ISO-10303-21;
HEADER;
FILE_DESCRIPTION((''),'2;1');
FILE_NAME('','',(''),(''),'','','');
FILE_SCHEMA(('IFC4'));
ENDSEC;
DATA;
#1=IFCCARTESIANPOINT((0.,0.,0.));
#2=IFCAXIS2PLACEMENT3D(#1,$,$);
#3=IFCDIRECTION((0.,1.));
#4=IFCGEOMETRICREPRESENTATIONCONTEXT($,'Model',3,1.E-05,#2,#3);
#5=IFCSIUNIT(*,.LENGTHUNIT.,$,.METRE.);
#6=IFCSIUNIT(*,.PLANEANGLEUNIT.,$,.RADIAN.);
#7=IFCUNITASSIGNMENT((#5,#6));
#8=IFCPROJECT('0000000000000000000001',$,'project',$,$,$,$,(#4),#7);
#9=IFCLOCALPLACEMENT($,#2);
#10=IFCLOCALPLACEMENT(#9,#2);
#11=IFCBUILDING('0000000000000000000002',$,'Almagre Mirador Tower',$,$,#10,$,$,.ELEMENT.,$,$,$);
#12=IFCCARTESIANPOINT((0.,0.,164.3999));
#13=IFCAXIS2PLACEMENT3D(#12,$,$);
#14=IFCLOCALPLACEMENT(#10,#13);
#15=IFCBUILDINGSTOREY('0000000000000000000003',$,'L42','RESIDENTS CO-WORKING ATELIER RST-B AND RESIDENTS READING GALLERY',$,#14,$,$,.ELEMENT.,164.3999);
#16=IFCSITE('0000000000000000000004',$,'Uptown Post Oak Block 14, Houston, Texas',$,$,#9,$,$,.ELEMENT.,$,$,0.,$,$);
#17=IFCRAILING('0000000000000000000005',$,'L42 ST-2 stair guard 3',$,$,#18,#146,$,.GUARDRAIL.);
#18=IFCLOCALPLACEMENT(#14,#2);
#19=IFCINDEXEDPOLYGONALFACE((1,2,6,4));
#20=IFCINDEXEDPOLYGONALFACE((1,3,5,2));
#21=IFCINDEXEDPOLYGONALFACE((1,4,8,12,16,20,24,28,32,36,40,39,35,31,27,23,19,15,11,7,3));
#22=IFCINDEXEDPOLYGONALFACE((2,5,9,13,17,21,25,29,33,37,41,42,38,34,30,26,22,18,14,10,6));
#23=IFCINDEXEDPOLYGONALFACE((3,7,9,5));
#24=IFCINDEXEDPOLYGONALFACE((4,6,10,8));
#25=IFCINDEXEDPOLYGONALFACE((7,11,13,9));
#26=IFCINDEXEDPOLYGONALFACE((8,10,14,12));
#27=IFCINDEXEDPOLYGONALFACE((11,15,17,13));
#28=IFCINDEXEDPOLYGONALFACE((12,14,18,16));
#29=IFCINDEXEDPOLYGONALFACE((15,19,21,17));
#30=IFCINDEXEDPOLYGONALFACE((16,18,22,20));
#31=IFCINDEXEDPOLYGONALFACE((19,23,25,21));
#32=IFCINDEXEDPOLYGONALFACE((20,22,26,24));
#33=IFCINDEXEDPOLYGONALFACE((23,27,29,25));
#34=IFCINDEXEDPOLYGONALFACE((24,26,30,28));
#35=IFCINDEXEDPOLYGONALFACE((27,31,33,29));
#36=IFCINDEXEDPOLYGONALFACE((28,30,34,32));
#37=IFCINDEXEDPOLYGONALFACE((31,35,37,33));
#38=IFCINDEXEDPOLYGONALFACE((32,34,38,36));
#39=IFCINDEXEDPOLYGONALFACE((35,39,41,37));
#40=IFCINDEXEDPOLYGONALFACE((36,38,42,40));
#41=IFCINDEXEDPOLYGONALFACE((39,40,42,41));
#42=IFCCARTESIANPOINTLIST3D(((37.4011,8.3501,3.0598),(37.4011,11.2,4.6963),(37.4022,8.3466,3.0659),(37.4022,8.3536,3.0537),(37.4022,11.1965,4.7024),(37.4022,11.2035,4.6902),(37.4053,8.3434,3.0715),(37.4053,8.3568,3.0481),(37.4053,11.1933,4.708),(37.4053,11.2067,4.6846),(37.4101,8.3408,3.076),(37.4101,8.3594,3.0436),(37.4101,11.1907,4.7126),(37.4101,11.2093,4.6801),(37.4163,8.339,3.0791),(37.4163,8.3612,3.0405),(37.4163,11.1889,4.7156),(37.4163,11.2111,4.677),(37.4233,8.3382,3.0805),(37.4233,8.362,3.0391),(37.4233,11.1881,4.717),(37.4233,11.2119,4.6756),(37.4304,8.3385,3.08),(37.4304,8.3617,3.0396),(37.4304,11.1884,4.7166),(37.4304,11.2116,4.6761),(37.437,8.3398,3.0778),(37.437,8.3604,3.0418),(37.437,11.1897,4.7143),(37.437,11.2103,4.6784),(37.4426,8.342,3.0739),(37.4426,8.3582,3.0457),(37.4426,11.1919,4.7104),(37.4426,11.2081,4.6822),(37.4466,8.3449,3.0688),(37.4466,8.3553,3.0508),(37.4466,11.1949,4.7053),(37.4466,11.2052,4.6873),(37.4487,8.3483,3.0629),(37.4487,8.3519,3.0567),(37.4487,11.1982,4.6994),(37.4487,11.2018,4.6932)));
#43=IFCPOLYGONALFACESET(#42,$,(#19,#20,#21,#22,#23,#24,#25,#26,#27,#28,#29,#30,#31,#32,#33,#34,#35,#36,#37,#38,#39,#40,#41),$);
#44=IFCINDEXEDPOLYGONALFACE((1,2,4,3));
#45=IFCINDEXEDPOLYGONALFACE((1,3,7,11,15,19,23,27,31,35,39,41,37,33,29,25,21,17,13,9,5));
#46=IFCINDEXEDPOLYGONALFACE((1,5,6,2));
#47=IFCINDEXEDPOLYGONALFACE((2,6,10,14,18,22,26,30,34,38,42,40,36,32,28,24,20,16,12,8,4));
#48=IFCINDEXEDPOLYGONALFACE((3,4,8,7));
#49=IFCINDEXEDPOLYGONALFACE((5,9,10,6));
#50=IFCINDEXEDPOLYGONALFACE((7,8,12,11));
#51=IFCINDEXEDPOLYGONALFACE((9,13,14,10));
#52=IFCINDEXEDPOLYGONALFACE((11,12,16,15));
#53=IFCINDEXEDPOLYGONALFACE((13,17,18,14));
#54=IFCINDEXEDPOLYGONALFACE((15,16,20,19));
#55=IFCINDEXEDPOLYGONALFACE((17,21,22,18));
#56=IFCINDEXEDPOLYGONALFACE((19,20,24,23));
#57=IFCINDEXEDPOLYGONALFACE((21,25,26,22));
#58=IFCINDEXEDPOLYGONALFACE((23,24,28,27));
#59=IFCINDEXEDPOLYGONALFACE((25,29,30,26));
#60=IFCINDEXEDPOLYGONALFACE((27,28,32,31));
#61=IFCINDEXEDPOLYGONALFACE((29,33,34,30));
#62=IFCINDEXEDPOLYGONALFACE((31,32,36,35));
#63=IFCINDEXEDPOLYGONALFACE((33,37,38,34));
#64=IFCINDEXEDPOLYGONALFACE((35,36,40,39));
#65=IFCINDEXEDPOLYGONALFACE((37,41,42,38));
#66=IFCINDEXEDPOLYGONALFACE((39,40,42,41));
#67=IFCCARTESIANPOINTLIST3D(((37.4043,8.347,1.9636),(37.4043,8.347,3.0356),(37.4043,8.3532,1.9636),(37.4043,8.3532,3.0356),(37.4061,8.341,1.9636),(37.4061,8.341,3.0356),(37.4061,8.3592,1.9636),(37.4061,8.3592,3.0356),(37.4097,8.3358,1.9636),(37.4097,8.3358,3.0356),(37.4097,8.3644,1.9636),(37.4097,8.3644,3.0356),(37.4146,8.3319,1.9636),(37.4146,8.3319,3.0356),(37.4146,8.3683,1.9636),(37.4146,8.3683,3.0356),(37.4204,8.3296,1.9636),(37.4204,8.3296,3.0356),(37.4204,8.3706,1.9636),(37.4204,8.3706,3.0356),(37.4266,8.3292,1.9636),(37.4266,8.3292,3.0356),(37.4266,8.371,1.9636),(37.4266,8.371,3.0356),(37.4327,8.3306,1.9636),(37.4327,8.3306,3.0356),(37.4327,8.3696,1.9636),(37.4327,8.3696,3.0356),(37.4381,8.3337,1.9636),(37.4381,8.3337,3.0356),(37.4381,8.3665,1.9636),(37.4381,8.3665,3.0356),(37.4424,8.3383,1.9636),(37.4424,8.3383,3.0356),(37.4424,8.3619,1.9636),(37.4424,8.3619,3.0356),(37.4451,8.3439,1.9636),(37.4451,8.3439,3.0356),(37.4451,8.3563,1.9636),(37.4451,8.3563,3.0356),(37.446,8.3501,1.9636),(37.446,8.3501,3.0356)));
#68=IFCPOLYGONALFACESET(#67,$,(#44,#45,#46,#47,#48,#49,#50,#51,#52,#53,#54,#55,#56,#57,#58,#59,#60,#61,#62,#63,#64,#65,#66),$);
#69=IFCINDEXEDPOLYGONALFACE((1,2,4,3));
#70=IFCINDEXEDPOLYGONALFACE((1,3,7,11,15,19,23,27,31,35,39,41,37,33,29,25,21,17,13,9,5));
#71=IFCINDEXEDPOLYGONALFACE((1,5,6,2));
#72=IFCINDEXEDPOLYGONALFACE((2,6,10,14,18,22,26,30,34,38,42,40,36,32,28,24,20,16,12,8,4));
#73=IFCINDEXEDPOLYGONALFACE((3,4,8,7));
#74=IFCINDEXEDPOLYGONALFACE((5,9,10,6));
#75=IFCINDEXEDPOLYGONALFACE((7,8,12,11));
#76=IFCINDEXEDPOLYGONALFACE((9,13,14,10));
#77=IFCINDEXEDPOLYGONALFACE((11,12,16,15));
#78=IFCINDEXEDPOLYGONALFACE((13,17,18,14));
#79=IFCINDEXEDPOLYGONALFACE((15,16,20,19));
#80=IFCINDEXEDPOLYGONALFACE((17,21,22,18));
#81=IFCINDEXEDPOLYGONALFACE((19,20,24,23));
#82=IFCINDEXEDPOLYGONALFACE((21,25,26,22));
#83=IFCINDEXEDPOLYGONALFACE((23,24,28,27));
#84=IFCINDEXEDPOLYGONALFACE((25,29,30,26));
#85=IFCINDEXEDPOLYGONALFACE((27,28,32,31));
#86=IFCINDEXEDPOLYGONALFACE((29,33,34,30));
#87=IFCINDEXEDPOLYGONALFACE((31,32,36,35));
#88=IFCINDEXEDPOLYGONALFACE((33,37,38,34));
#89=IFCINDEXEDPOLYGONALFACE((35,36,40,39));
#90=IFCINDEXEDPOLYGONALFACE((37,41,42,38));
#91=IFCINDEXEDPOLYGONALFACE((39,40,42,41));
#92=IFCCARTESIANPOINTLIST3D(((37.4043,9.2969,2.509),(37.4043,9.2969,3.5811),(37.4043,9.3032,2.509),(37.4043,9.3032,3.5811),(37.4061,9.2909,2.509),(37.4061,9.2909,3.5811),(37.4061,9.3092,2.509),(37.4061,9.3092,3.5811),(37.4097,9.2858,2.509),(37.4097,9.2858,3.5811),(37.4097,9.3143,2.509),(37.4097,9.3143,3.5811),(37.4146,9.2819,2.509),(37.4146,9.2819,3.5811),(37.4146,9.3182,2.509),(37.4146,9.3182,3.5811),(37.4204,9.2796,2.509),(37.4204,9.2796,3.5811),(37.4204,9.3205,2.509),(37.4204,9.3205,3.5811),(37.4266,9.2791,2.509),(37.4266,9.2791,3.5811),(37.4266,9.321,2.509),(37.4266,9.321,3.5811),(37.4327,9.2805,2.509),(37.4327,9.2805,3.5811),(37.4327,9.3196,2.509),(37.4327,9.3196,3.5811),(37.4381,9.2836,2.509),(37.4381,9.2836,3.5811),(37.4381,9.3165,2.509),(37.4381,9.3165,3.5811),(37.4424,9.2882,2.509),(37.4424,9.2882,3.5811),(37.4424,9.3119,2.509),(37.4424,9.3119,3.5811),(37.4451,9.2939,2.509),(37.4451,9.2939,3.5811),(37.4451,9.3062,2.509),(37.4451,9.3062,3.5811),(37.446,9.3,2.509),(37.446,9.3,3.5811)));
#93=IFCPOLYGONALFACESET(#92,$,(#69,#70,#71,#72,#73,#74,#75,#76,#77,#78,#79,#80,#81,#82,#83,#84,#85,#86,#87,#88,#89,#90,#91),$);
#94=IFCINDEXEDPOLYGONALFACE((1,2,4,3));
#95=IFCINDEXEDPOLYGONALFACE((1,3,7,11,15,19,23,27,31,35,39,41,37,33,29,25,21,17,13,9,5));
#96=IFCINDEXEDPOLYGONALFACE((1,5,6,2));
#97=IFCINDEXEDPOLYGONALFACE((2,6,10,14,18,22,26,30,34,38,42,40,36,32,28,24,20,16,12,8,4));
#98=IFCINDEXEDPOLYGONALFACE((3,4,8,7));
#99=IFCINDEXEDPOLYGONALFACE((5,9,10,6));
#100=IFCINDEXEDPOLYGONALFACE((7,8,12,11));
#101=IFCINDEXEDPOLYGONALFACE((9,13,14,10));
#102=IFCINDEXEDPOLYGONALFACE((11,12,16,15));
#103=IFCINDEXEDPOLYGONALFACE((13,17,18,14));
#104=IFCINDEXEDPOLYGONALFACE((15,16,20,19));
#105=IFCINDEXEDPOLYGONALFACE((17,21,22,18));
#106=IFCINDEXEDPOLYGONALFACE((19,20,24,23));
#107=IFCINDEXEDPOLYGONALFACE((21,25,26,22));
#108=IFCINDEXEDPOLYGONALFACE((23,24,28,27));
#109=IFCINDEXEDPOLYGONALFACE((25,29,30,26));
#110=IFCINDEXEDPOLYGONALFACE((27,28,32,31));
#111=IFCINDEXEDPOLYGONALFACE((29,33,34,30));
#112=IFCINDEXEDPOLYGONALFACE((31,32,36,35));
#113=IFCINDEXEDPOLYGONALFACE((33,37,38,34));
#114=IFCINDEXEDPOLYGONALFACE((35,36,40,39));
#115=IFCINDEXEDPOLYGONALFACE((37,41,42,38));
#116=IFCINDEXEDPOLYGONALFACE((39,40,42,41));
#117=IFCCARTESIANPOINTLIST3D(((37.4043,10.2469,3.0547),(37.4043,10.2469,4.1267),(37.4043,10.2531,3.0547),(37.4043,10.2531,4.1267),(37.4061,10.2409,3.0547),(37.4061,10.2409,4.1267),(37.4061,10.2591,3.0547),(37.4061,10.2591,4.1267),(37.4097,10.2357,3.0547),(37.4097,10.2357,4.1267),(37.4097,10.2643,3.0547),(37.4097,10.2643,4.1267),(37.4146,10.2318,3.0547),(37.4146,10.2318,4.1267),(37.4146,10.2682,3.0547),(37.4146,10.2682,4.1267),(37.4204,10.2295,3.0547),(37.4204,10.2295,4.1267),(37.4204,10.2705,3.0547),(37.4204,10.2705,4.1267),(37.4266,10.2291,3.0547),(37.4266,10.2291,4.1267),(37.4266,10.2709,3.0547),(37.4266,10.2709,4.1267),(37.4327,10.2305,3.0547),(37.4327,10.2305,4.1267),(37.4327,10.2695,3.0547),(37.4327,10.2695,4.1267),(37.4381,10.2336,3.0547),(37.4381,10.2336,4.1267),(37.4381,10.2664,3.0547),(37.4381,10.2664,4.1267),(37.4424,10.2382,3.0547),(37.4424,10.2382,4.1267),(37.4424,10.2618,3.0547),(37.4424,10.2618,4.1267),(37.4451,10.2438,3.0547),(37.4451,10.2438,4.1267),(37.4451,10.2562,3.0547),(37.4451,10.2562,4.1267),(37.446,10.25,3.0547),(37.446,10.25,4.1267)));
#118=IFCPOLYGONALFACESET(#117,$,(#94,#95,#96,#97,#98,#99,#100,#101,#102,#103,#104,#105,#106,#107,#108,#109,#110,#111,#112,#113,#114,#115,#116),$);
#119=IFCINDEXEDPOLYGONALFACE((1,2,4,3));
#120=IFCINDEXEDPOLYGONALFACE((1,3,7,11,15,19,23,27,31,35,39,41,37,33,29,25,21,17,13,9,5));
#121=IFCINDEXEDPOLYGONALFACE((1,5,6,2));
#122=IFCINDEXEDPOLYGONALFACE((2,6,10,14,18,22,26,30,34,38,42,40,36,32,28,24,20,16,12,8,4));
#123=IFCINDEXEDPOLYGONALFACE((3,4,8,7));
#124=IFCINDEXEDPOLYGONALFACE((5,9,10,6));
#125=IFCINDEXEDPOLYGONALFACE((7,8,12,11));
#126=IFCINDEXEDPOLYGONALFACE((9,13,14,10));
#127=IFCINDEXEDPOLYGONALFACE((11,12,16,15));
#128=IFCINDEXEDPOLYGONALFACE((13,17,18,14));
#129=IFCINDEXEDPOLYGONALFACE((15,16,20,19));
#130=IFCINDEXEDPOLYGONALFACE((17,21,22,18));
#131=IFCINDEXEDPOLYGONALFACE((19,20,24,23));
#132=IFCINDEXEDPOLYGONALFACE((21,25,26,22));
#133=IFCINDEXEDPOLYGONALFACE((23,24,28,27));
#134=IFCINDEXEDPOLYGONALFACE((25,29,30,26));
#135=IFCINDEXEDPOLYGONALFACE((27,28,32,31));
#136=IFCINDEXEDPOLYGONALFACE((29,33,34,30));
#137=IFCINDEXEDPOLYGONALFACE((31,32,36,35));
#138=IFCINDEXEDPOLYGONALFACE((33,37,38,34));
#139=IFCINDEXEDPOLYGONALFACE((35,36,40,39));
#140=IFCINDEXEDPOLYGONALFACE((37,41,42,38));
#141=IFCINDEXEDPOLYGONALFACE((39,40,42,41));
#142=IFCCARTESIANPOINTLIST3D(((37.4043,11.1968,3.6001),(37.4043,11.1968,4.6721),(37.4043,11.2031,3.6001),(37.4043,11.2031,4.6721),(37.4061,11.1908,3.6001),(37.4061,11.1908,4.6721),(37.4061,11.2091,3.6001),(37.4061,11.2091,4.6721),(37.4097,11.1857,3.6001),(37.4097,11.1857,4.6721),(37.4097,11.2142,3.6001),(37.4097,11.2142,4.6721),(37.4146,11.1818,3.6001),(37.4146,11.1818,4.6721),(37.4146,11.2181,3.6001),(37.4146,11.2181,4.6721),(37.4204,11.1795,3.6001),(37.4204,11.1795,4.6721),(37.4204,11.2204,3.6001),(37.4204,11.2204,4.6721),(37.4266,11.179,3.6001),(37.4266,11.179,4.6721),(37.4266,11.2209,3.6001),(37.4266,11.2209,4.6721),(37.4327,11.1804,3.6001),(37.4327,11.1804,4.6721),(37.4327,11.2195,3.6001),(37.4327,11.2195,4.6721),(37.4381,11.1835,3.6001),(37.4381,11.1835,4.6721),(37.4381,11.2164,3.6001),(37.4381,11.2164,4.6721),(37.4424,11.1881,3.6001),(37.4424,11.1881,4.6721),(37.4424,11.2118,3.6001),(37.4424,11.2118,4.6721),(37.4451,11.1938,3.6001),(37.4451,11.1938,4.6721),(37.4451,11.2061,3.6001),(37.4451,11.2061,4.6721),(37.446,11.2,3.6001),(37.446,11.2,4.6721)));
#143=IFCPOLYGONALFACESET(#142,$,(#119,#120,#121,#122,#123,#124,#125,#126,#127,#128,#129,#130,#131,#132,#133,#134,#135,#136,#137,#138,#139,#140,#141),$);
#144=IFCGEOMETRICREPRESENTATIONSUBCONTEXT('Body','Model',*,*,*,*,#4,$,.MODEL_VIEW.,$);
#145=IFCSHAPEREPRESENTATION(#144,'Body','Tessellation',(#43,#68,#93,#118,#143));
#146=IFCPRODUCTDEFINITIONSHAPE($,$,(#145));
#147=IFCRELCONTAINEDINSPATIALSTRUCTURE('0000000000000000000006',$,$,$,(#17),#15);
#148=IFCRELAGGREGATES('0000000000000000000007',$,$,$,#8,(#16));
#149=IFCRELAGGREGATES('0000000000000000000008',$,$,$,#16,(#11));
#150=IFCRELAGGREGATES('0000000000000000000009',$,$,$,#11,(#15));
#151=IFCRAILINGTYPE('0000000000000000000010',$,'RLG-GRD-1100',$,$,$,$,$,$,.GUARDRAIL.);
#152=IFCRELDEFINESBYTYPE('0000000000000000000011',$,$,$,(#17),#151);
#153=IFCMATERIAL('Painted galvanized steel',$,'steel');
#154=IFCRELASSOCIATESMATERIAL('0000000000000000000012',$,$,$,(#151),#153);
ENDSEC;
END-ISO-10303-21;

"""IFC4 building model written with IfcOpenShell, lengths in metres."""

from ifc_helpers import new_model, si_unit, direction, frame, origin, origin_2d, place, context, subcontext, project, spatial, circle, extrude, material, type_object, element, save


model = new_model("IFC4")

# Units and contexts
model_context = context("Model", 3, precision=1e-05, world=origin(), true_north=direction((0.0, 1.0)))
body_context = subcontext(model_context, "Body", "Model", "MODEL_VIEW")
ifc_project = project(units=[si_unit("LENGTHUNIT", "METRE"), si_unit("PLANEANGLEUNIT", "RADIAN")], contexts=[model_context])

# Site, building, storey
site_placement = place(None, origin())
site = spatial("IfcSite", under=ifc_project, at=site_placement, Name="Uptown Post Oak Block 14, Houston, Texas", CompositionType="ELEMENT", RefElevation=0.0)
building_placement = place(site_placement, origin())
building = spatial("IfcBuilding", under=site, at=building_placement, Name="Almagre Mirador Tower", CompositionType="ELEMENT")
storey_placement = place(building_placement, frame((0.0, 0.0, 164.3999)))
storey = spatial("IfcBuildingStorey", under=building, at=storey_placement, Name="L42", Description="RESIDENTS CO-WORKING ATELIER RST-B AND RESIDENTS READING GALLERY", CompositionType="ELEMENT", Elevation=164.3999)

# Railing
ifc_material_1 = material(Name="Painted galvanized steel", Category="steel")
railing_type_1 = type_object("IfcRailingType", Name="RLG-GRD-1100", PredefinedType="GUARDRAIL", material=ifc_material_1)
railing_1_placement = place(storey_placement, frame((37.425, 8.3501, 1.9636)))
element("IfcRailing", 1, at=railing_1_placement, inside=storey, type_object=railing_type_1, Name="L42 ST-2 stair guard 3", PredefinedType="GUARDRAIL", context=body_context, shape_type="SweptSolid", body=[
    extrude(circle(Radius=0.0239, at=origin_2d()), frame((0.0, 0.0, 1.0962), z_axis=(0.0, 0.867194, 0.49797), x_axis=(-1.0, 0.0, 0.0)), (0.0, 0.0, 1.0), 3.2864),
    extrude(circle(Radius=0.021, at=origin_2d()), origin(), (0.0, 0.0, 1.0), 1.072),
    extrude(circle(Radius=0.021, at=origin_2d()), frame((0.0, 0.95, 0.5454)), (0.0, 0.0, 1.0), 1.072),
    extrude(circle(Radius=0.021, at=origin_2d()), frame((0.0, 1.8999, 1.0911)), (0.0, 0.0, 1.0), 1.072),
    extrude(circle(Radius=0.021, at=origin_2d()), frame((0.0, 2.8499, 1.6365)), (0.0, 0.0, 1.0), 1.072),
])

save(model, "model.ifc")
